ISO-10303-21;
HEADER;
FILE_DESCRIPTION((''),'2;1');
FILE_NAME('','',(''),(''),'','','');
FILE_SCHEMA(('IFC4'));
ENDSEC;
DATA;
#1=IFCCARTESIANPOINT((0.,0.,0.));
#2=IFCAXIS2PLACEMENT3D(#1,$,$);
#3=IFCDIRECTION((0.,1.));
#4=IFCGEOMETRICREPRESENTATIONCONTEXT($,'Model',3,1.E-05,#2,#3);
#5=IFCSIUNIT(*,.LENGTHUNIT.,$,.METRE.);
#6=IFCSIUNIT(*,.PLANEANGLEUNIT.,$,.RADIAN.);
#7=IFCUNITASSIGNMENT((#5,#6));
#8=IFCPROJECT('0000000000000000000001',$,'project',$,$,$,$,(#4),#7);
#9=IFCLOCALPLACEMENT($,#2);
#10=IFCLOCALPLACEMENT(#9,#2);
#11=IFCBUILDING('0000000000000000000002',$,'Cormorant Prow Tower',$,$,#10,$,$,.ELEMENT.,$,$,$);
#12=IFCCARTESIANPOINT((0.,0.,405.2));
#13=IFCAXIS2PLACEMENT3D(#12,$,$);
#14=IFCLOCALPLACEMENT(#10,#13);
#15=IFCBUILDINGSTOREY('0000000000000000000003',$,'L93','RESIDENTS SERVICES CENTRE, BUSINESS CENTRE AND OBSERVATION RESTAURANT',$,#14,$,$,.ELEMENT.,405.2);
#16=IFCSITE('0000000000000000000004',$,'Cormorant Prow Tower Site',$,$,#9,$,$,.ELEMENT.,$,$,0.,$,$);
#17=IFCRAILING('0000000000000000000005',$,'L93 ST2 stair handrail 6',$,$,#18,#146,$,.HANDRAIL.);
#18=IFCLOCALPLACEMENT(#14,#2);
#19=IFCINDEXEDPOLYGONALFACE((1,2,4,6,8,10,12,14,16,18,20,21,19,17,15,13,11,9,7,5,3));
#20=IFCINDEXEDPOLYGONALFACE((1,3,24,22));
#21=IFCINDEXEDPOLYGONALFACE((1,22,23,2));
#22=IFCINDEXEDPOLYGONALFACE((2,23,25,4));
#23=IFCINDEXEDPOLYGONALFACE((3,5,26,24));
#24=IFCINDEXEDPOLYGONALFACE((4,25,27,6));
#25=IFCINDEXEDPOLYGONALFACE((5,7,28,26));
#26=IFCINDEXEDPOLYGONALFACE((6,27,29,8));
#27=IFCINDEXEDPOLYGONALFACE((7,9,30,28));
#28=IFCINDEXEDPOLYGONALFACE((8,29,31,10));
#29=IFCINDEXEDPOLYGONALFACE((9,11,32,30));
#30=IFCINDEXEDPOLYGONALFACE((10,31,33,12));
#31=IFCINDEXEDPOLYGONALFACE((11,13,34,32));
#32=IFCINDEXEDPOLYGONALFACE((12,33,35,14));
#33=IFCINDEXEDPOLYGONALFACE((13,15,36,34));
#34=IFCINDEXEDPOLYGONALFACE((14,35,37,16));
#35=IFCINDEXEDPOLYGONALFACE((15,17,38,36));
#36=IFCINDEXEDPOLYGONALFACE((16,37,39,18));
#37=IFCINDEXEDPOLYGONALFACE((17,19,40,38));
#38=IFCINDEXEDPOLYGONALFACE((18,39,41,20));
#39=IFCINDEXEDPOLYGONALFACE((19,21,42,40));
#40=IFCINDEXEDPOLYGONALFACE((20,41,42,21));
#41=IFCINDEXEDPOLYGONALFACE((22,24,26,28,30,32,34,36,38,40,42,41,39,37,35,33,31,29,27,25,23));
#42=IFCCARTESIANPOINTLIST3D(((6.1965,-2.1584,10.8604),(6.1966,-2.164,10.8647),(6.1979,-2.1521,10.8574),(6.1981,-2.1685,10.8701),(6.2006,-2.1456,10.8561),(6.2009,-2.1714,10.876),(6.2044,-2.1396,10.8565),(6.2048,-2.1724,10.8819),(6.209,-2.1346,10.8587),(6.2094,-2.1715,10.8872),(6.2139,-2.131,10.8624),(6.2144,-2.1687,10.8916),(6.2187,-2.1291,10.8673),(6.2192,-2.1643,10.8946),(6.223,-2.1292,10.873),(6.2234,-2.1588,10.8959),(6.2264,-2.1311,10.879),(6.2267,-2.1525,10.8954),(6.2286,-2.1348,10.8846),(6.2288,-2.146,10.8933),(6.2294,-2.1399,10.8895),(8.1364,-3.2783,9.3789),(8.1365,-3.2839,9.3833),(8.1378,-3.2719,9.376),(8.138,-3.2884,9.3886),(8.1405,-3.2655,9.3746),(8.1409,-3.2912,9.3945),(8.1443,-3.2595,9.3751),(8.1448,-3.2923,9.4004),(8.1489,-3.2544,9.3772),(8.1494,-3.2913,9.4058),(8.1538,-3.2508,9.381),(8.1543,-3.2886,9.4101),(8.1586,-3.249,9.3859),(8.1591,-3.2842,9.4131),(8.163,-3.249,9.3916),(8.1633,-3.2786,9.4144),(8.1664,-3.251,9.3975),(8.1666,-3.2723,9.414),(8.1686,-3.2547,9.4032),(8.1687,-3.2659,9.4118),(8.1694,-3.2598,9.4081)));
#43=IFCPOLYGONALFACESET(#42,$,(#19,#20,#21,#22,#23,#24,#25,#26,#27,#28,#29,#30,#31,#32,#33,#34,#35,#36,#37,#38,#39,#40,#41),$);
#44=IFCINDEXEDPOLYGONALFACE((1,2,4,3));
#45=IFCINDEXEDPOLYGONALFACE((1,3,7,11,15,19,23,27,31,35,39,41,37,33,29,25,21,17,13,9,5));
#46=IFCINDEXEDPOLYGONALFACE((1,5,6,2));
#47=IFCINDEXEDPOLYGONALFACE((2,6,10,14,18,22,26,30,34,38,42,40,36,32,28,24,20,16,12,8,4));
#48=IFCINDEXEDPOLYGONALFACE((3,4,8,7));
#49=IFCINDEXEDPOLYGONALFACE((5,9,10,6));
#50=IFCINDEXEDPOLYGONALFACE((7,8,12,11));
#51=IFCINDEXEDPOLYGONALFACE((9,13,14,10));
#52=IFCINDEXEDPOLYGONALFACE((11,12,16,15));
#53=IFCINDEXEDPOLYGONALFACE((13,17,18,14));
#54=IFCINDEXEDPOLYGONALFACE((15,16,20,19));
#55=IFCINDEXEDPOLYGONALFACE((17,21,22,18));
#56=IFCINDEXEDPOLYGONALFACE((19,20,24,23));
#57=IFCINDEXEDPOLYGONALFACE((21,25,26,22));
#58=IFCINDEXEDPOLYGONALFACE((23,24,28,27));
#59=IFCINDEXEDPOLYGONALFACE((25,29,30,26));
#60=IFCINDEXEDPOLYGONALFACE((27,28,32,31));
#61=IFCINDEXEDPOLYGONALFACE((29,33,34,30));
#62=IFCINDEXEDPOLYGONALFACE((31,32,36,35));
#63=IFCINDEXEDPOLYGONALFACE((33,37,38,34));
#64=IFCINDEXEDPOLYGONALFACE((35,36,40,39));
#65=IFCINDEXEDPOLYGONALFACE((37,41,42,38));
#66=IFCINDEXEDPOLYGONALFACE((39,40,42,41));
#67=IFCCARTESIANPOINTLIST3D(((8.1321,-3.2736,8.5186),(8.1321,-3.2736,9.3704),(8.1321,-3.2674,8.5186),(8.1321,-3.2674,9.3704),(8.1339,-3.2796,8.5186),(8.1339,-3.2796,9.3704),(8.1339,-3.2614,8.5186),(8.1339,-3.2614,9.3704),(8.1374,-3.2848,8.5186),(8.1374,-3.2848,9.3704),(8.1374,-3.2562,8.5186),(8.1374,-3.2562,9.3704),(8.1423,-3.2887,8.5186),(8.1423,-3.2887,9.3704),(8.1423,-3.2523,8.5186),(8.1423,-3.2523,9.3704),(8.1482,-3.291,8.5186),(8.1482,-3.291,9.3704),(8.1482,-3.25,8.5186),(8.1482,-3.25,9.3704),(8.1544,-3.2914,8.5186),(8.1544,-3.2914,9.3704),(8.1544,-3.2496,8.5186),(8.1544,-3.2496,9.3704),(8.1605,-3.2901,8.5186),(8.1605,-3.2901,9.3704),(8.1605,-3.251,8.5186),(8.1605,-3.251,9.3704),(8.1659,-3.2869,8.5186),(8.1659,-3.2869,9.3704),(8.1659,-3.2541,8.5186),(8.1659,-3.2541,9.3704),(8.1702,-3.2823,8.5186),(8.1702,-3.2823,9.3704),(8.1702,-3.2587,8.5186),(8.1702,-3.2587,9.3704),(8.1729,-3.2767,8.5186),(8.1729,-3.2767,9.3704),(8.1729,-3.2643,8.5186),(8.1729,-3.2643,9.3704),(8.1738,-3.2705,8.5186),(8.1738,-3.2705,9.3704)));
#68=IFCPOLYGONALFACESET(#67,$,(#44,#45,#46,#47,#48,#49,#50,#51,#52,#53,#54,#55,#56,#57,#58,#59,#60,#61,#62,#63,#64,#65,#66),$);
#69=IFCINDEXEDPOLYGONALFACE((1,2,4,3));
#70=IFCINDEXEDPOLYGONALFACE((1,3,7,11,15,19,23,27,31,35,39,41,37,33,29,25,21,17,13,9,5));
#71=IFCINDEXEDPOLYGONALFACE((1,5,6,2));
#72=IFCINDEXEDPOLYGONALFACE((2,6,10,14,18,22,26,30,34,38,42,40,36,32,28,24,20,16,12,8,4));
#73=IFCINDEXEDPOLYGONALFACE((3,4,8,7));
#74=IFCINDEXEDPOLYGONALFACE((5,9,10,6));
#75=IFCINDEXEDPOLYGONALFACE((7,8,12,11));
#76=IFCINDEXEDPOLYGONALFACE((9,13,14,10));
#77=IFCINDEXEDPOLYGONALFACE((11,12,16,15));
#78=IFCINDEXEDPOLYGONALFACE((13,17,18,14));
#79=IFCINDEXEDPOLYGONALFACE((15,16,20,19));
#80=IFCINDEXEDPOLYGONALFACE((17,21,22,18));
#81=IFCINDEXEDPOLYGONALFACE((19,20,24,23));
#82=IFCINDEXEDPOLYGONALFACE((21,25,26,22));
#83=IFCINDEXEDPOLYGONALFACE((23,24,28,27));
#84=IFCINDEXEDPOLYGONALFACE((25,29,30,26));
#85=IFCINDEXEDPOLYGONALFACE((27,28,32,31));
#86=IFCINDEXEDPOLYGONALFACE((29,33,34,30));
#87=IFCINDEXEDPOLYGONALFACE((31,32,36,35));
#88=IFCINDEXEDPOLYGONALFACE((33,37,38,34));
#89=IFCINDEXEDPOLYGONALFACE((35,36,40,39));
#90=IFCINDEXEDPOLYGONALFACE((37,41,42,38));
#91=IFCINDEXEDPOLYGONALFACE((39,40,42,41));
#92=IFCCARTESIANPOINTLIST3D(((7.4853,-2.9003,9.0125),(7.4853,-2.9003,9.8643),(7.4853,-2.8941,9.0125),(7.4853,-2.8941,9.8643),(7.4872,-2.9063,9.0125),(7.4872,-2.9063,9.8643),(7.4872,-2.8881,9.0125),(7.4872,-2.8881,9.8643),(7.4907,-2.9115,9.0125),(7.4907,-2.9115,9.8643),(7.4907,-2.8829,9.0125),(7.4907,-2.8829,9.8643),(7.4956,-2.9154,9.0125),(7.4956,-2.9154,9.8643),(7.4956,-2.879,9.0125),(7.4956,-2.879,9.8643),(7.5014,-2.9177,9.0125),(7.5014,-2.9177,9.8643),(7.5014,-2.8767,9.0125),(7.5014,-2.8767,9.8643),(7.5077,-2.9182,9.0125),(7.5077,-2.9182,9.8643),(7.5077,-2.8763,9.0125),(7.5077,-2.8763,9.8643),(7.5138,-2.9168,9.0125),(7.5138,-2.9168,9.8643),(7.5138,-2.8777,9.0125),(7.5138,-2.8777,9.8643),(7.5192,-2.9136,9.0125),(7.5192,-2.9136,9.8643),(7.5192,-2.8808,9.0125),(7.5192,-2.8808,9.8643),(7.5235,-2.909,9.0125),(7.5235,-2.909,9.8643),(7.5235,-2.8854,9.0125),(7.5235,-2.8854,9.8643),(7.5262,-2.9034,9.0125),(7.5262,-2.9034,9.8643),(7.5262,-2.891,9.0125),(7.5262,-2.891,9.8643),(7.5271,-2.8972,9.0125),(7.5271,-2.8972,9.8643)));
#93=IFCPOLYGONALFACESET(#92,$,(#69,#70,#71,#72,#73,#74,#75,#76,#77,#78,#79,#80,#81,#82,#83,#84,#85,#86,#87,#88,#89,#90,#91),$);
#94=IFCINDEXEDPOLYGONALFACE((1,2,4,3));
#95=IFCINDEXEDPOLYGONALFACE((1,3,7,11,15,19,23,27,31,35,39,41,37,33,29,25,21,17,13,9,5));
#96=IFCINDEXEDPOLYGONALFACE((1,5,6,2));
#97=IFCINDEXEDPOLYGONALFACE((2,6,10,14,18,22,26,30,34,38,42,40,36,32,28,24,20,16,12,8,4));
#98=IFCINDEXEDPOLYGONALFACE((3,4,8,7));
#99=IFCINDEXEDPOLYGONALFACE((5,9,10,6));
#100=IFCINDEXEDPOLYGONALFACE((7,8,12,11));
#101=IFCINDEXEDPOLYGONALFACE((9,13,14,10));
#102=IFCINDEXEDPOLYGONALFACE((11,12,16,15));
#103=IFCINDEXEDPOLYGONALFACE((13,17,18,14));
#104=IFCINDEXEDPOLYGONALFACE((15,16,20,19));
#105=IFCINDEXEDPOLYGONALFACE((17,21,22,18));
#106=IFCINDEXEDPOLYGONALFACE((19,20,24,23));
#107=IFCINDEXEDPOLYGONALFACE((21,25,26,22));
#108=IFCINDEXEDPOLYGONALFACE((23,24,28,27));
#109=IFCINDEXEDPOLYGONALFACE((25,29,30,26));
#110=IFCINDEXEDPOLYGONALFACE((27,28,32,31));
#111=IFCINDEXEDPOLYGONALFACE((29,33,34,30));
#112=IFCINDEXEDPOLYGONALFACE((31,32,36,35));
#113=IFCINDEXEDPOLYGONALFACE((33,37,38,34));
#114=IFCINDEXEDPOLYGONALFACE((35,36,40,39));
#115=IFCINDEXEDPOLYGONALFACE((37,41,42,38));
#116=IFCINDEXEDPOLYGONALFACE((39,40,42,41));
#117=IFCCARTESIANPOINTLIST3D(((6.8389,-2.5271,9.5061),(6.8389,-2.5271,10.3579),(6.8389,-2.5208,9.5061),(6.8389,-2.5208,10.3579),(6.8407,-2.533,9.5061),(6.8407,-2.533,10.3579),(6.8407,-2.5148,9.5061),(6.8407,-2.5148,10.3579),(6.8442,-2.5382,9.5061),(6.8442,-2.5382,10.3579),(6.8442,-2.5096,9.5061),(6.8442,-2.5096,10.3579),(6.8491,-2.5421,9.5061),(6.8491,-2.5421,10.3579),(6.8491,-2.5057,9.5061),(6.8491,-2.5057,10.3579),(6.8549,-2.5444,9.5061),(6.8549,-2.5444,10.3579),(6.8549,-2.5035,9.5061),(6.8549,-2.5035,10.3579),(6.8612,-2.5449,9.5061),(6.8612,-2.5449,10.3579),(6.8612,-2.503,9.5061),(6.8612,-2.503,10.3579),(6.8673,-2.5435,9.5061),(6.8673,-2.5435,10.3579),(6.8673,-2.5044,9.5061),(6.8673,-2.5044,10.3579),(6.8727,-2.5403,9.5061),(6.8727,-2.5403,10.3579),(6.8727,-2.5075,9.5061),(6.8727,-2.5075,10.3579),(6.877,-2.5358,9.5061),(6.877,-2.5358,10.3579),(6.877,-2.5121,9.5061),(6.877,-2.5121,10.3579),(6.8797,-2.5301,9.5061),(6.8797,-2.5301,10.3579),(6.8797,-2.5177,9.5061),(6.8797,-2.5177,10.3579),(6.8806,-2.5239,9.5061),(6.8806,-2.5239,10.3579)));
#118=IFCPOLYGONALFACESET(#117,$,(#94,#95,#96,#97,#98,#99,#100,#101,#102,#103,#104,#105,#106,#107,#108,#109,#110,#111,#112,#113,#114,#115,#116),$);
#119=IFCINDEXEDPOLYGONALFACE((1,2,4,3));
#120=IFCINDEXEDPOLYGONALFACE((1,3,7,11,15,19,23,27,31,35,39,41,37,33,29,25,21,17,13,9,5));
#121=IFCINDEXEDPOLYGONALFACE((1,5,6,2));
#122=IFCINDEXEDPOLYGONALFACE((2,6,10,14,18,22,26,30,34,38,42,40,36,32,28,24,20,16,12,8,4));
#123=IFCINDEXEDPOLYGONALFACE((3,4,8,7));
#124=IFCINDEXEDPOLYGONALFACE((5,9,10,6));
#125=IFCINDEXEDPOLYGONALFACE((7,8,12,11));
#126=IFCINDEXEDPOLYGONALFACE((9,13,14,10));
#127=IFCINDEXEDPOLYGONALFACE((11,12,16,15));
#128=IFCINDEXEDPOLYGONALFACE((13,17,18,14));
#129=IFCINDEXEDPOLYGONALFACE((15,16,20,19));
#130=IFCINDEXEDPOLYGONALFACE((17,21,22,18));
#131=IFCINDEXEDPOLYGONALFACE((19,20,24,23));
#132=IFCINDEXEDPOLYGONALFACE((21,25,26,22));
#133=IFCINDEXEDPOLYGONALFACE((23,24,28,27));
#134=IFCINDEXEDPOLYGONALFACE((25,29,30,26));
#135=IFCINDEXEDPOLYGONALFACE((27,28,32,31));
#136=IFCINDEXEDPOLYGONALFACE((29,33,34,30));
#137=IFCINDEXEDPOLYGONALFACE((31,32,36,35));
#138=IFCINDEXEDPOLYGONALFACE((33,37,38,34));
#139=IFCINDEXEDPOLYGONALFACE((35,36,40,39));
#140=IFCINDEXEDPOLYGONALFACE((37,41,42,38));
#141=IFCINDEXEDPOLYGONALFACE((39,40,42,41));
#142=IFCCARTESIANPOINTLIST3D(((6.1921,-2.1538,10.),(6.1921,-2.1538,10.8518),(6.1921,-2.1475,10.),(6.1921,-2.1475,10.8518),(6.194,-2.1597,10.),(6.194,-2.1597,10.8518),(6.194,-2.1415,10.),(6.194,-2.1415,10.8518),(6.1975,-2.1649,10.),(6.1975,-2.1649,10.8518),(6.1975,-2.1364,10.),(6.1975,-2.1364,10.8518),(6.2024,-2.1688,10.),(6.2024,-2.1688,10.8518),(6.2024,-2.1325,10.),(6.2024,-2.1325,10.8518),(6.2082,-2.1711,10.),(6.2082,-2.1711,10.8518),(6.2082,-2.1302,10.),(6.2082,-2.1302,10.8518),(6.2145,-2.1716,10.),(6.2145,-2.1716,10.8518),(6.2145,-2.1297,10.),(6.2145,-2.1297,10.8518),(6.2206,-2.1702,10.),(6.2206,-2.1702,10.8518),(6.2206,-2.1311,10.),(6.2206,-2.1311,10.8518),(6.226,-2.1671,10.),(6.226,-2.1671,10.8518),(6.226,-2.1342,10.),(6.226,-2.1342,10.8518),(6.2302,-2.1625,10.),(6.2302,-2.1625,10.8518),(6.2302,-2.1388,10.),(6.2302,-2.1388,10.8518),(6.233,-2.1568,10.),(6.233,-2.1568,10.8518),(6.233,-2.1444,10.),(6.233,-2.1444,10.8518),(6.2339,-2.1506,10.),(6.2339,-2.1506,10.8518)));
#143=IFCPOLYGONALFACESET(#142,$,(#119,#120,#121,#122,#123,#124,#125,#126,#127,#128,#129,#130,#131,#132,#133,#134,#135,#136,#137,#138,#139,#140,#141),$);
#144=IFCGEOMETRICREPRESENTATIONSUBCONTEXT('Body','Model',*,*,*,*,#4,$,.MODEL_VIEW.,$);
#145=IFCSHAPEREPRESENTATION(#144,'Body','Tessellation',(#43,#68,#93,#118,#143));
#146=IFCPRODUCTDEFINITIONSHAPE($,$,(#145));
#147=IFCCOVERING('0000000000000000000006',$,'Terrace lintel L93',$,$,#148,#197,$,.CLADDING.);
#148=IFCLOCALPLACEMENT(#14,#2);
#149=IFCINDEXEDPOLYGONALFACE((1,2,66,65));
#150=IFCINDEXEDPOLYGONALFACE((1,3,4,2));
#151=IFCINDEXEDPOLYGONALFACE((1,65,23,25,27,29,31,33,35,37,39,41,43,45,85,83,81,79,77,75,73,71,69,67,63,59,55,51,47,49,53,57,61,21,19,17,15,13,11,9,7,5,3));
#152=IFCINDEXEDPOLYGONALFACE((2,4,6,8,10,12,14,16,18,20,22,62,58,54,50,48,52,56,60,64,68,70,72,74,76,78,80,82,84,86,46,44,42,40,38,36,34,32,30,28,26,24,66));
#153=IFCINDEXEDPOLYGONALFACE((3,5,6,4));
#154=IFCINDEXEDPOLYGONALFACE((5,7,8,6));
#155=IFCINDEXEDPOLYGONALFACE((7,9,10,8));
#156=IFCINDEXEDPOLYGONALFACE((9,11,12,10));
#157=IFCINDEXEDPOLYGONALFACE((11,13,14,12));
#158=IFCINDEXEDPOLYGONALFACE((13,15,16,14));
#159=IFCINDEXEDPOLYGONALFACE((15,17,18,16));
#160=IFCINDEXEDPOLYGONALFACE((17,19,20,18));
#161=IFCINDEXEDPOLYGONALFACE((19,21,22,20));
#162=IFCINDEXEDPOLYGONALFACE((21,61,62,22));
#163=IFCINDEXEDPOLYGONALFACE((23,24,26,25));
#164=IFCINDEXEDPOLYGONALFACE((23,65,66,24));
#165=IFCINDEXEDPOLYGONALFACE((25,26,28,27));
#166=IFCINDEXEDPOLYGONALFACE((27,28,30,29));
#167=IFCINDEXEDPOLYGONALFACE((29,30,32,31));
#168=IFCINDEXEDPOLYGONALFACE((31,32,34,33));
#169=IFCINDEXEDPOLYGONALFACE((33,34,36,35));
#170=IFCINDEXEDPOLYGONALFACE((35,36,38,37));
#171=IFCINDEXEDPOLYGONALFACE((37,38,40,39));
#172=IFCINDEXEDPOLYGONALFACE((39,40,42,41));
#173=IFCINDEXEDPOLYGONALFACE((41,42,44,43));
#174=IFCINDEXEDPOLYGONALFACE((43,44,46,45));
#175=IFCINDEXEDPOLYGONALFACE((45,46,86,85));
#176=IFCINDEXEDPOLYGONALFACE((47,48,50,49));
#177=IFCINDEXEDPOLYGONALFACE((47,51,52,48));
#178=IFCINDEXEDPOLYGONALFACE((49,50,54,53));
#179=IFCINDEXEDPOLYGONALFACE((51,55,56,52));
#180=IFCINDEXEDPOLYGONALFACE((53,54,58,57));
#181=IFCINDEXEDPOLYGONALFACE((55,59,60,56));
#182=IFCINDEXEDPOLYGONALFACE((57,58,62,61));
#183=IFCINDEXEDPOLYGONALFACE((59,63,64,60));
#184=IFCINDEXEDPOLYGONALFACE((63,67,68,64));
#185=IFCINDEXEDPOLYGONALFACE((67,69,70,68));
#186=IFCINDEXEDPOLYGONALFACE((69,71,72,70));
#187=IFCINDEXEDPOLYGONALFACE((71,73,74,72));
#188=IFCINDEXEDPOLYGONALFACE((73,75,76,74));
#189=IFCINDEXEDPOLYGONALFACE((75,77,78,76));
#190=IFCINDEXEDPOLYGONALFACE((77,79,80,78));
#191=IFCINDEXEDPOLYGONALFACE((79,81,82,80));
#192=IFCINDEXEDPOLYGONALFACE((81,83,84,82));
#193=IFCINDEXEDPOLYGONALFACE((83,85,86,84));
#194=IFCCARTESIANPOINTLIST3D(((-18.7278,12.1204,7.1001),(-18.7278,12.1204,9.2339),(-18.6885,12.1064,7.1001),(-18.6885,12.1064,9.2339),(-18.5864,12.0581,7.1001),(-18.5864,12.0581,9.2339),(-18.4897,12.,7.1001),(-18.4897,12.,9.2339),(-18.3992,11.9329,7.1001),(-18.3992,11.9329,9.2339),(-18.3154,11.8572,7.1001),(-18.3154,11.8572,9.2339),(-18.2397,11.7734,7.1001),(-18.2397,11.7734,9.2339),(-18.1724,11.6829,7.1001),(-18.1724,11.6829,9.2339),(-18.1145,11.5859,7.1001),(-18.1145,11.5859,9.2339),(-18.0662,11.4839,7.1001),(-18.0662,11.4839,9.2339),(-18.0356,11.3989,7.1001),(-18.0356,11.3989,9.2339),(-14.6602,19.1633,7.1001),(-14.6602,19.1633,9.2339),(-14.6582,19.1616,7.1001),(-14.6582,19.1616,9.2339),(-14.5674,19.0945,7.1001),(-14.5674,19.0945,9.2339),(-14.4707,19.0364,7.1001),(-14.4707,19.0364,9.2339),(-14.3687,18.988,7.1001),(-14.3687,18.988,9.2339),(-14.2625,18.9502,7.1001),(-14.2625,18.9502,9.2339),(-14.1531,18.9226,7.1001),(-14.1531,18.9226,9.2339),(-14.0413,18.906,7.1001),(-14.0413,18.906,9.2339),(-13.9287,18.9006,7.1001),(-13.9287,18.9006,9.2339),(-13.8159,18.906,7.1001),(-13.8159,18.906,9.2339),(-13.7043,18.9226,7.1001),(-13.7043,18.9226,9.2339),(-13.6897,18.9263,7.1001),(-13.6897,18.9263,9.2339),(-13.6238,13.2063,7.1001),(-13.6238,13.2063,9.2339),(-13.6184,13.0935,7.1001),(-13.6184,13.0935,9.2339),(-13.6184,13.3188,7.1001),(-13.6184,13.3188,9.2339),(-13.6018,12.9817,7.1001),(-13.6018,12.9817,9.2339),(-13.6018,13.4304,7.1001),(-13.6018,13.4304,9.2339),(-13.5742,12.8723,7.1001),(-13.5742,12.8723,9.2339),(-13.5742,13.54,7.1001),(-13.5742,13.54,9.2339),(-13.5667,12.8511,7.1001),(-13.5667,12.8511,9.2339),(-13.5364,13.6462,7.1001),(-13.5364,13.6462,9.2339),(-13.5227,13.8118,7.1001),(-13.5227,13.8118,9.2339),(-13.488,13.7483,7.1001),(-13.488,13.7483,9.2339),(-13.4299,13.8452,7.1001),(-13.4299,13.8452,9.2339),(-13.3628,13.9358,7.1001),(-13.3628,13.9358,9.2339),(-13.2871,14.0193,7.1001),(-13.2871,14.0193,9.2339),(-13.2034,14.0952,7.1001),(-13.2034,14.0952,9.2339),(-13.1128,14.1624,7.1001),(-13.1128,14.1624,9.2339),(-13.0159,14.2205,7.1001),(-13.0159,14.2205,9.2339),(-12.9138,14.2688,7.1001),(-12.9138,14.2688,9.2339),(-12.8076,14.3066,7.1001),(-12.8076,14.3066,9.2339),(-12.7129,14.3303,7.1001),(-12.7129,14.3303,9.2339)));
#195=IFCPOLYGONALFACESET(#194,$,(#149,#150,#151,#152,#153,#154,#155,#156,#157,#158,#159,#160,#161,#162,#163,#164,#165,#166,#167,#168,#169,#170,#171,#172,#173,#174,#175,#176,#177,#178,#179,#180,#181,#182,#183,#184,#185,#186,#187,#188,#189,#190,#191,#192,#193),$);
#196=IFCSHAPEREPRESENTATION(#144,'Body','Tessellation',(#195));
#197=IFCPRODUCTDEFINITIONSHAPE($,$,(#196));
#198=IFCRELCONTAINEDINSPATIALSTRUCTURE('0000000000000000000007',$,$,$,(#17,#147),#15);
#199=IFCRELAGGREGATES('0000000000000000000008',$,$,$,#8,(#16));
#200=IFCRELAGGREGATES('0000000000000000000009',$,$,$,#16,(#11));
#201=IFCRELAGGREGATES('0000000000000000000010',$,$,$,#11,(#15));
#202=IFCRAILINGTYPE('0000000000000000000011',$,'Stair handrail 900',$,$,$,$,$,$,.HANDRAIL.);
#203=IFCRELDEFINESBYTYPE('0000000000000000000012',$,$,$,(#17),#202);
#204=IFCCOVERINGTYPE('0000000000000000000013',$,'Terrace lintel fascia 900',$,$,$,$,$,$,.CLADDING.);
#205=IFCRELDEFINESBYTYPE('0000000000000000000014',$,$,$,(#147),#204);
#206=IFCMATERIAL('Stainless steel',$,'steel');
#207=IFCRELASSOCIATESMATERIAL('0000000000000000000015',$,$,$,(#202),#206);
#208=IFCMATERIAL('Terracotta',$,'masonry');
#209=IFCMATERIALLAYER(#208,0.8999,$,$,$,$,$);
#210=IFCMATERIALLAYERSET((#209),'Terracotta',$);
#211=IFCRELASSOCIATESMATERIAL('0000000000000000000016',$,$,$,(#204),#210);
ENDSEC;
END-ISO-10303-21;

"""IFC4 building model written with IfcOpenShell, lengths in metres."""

from ifc_helpers import new_model, si_unit, direction, frame, origin, origin_2d, place, context, subcontext, project, spatial, polyline, circle, outline, extrude, material, layer, layer_set, type_object, element, save


model = new_model("IFC4")

# Units and contexts
model_context = context("Model", 3, precision=1e-05, world=origin(), true_north=direction((0.0, 1.0)))
body_context = subcontext(model_context, "Body", "Model", "MODEL_VIEW")
ifc_project = project(units=[si_unit("LENGTHUNIT", "METRE"), si_unit("PLANEANGLEUNIT", "RADIAN")], contexts=[model_context])

# Site, building, storey
site_placement = place(None, origin())
site = spatial("IfcSite", under=ifc_project, at=site_placement, Name="Cormorant Prow Tower Site", CompositionType="ELEMENT", RefElevation=0.0)
building_placement = place(site_placement, origin())
building = spatial("IfcBuilding", under=site, at=building_placement, Name="Cormorant Prow Tower", CompositionType="ELEMENT")
storey_placement = place(building_placement, frame((0.0, 0.0, 405.2)))
storey = spatial("IfcBuildingStorey", under=building, at=storey_placement, Name="L93", Description="RESIDENTS SERVICES CENTRE, BUSINESS CENTRE AND OBSERVATION RESTAURANT", CompositionType="ELEMENT", Elevation=405.2)

# Railing
ifc_material_1 = material(Name="Stainless steel", Category="steel")
railing_type_1 = type_object("IfcRailingType", Name="Stair handrail 900", PredefinedType="HANDRAIL", material=ifc_material_1)
railing_1_placement = place(storey_placement, frame((8.1528, -3.2705, 8.5186)))
element("IfcRailing", 1, at=railing_1_placement, inside=storey, type_object=railing_type_1, Name="L93 ST2 stair handrail 6", PredefinedType="HANDRAIL", context=body_context, shape_type="SweptSolid", body=[
    extrude(circle(Radius=0.0239, at=origin_2d()), frame((0.0, 0.0, 0.876), z_axis=(-0.722363, 0.417, 0.551636), x_axis=(-0.499949, -0.866055, 0.0)), (0.0, 0.0, 1.0), 2.6855),
    extrude(circle(Radius=0.021, at=origin_2d()), origin(), (0.0, 0.0, 1.0), 0.8518),
    extrude(circle(Radius=0.021, at=origin_2d()), frame((-0.6467, 0.3733, 0.4939)), (0.0, 0.0, 1.0), 0.8518),
    extrude(circle(Radius=0.021, at=origin_2d()), frame((-1.2932, 0.7466, 0.9875)), (0.0, 0.0, 1.0), 0.8518),
    extrude(circle(Radius=0.021, at=origin_2d()), frame((-1.9399, 1.1199, 1.4814)), (0.0, 0.0, 1.0), 0.8518),
])

# Covering
ifc_material_2 = material(Name="Terracotta", Category="masonry")
ifc_layer_1 = layer(ifc_material_2, 0.8999)
ifc_layer_set_1 = layer_set([ifc_layer_1], Name="Terracotta")
covering_type = type_object("IfcCoveringType", Name="Terrace lintel fascia 900", PredefinedType="CLADDING", material=ifc_layer_set_1)
covering_1_placement = place(storey_placement, frame((0.0, 0.0, 7.1001)))
element("IfcCovering", 2, at=covering_1_placement, inside=storey, type_object=covering_type, Name="Terrace lintel L93", PredefinedType="CLADDING", context=body_context, shape_type="SweptSolid", body=[
    extrude(outline(polyline([(-12.7129, 14.3303), (-12.8076, 14.3066), (-12.9138, 14.2688), (-13.0159, 14.2205), (-13.1128, 14.1624), (-13.2034, 14.0952), (-13.2871, 14.0193), (-13.3628, 13.9358), (-13.4299, 13.8452), (-13.488, 13.7483), (-13.5364, 13.6462), (-13.5742, 13.54), (-13.6018, 13.4304), (-13.6184, 13.3188), (-13.6238, 13.2063), (-13.6184, 13.0935), (-13.6018, 12.9817), (-13.5742, 12.8723), (-13.5667, 12.8511), (-18.0356, 11.3989), (-18.0662, 11.4839), (-18.1145, 11.5859), (-18.1724, 11.6829), (-18.2397, 11.7734), (-18.3154, 11.8572), (-18.3992, 11.9329), (-18.4897, 12.0), (-18.5864, 12.0581), (-18.6885, 12.1064), (-18.7278, 12.1204), (-13.5227, 13.8118), (-14.6602, 19.1633), (-14.6582, 19.1616), (-14.5674, 19.0945), (-14.4707, 19.0364), (-14.3687, 18.988), (-14.2625, 18.9502), (-14.1531, 18.9226), (-14.0413, 18.906), (-13.9287, 18.9006), (-13.8159, 18.906), (-13.7043, 18.9226), (-13.6897, 18.9263), (-12.7129, 14.3303)])), origin(), (0.0, 0.0, 1.0), 2.1338),
])

save(model, "model.ifc")
